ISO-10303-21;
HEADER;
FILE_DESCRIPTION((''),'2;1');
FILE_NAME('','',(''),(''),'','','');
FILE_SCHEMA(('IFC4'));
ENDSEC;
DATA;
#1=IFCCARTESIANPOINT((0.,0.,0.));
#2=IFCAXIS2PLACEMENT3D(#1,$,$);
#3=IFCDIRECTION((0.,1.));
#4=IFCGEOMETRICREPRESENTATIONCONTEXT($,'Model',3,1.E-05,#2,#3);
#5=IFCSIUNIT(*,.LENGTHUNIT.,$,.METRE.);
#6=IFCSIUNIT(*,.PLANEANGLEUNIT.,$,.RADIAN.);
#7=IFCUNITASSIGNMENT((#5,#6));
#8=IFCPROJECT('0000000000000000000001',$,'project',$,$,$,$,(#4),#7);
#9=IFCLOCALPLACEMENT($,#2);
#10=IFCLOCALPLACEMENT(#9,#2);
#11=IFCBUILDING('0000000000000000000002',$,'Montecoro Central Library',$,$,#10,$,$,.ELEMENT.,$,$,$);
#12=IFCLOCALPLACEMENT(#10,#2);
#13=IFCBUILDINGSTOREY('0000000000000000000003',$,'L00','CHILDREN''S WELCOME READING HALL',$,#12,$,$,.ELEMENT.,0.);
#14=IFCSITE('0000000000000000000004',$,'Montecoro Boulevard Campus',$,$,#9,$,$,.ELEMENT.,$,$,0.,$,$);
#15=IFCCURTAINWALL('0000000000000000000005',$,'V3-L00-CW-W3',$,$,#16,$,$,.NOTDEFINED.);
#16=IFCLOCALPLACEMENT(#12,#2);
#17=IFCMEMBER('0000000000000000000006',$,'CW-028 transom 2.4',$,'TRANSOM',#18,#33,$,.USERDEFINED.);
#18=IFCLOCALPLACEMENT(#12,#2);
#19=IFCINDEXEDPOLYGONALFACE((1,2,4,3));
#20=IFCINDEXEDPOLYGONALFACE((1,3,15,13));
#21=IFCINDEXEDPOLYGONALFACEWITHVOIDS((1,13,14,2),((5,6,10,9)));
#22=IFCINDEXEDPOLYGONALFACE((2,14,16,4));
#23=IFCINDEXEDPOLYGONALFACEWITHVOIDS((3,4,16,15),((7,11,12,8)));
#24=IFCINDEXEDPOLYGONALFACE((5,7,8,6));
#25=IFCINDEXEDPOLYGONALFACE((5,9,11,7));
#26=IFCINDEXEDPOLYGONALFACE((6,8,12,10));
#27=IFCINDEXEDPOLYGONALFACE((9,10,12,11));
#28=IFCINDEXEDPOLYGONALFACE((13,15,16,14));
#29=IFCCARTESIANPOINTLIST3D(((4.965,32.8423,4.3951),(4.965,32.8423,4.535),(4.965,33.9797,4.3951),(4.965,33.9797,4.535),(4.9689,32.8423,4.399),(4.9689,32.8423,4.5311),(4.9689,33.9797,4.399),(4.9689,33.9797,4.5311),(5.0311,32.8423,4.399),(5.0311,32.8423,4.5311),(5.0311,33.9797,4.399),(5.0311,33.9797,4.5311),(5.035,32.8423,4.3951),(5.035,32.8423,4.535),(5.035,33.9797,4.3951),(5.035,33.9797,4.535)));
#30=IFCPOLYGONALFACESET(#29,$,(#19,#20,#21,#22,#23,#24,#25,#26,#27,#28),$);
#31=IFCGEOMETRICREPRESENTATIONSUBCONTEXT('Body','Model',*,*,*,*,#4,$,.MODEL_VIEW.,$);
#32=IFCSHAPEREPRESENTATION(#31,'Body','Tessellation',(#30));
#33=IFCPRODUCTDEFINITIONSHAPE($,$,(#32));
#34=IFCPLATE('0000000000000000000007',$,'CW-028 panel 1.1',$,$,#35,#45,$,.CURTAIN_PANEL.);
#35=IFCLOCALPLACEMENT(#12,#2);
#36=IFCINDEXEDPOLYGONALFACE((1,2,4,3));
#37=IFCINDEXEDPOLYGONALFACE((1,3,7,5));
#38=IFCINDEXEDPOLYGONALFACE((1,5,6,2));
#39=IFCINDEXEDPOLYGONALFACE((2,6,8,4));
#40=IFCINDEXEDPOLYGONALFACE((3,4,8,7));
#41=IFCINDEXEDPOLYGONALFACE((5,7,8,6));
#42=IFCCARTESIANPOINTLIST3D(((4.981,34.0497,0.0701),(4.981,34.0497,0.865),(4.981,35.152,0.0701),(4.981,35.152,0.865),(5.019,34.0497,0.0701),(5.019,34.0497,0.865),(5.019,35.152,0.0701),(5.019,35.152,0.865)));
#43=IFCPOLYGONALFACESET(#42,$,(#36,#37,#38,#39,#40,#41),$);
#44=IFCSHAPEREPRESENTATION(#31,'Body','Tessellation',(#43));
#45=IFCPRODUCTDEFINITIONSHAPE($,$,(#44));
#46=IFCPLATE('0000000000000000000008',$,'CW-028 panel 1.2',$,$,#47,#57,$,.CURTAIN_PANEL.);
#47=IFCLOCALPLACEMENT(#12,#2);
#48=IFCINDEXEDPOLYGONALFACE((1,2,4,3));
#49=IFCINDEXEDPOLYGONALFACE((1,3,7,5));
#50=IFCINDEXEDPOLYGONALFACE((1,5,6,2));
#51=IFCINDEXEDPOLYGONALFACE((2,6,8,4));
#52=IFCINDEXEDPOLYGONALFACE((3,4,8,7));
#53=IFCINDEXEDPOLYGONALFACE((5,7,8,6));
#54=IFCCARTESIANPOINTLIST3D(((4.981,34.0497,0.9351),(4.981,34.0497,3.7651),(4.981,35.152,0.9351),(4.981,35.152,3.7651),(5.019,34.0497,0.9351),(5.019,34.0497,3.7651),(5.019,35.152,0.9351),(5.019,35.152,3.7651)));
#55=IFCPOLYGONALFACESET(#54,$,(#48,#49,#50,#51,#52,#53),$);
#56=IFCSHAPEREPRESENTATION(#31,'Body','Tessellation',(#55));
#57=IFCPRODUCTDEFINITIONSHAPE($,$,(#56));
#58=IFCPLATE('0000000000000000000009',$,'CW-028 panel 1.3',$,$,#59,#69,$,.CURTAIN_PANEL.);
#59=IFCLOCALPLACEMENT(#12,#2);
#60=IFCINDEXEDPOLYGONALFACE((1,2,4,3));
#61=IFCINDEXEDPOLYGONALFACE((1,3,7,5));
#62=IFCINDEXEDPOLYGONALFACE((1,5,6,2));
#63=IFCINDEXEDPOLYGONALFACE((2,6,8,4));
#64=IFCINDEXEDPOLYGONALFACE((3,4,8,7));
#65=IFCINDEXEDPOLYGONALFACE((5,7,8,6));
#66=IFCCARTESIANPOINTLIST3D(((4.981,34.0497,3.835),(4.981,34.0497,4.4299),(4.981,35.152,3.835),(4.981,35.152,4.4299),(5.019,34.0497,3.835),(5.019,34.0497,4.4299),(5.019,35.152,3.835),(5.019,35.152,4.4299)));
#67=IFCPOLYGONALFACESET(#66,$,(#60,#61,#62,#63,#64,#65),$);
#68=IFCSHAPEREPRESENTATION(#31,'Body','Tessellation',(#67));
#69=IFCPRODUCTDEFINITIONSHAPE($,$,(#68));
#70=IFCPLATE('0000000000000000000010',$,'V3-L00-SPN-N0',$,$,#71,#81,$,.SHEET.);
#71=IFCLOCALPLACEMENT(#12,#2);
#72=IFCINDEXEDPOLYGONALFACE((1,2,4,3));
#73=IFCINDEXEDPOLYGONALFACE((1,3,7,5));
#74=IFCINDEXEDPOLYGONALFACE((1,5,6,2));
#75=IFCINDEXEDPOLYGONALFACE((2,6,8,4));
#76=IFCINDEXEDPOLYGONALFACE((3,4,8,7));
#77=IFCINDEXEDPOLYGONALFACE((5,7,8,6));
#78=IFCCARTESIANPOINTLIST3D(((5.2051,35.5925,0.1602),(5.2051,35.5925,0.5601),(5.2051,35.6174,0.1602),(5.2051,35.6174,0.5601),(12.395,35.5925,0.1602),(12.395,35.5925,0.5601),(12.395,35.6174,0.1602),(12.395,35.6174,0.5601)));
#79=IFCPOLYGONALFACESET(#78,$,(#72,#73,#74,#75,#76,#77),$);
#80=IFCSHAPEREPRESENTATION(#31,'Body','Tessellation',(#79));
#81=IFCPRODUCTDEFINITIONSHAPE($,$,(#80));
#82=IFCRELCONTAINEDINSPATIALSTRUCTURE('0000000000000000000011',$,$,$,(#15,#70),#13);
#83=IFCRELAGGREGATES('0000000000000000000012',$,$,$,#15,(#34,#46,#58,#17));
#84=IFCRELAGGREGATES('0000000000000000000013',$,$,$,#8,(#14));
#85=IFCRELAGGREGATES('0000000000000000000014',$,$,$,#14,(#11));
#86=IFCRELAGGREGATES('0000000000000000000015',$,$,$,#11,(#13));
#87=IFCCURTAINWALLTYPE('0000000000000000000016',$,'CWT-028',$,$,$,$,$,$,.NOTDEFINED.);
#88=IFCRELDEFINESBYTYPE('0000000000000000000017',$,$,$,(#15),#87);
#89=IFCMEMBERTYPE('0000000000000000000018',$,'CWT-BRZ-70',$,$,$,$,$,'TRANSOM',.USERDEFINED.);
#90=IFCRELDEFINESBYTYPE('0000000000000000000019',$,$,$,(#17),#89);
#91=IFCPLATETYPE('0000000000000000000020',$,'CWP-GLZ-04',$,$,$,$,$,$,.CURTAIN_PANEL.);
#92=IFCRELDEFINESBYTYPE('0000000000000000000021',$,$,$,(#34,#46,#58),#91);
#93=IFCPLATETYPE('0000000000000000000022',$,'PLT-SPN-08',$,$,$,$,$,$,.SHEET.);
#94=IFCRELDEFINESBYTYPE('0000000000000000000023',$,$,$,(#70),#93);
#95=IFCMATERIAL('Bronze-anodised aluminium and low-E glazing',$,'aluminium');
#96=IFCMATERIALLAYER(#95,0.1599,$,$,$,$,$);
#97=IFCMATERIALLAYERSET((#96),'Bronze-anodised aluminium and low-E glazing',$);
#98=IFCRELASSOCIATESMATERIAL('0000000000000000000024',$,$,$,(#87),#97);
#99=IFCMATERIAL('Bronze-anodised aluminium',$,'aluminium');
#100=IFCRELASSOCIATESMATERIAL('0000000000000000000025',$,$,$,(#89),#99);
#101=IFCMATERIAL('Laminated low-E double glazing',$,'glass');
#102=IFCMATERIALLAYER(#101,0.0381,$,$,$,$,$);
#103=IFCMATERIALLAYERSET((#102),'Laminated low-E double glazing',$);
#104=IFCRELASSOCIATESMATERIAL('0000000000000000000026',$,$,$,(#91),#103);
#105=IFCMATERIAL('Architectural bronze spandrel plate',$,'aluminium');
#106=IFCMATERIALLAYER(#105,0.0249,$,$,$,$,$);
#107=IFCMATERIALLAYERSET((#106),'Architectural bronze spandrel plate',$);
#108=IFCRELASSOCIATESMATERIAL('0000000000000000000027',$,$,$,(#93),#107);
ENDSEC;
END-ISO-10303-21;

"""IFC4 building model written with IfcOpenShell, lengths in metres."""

from ifc_helpers import new_model, si_unit, direction, frame, origin, origin_2d, place, context, subcontext, project, spatial, rectangle, hollow_rectangle, extrude, material, layer, layer_set, material_profile, profile_set, type_object, element, aggregate, save


model = new_model("IFC4")

# Units and contexts
model_context = context("Model", 3, precision=1e-05, world=origin(), true_north=direction((0.0, 1.0)))
body_context = subcontext(model_context, "Body", "Model", "MODEL_VIEW")
ifc_project = project(units=[si_unit("LENGTHUNIT", "METRE"), si_unit("PLANEANGLEUNIT", "RADIAN")], contexts=[model_context])

# Site, building, storey
site_placement = place(None, origin())
site = spatial("IfcSite", under=ifc_project, at=site_placement, Name="Montecoro Boulevard Campus", CompositionType="ELEMENT", RefElevation=0.0)
building_placement = place(site_placement, origin())
building = spatial("IfcBuilding", under=site, at=building_placement, Name="Montecoro Central Library", CompositionType="ELEMENT")
storey_placement = place(building_placement, origin())
storey = spatial("IfcBuildingStorey", under=building, at=storey_placement, Name="L00", Description="CHILDREN'S WELCOME READING HALL", CompositionType="ELEMENT", Elevation=0.0)

# Curtain wall, member, plates
ifc_material_1 = material(Name="Bronze-anodised aluminium and low-E glazing", Category="aluminium")
ifc_layer_1 = layer(ifc_material_1, 0.1599)
ifc_layer_set_1 = layer_set([ifc_layer_1], Name="Bronze-anodised aluminium and low-E glazing")
curtain_wall_type = type_object("IfcCurtainWallType", Name="CWT-028", PredefinedType="NOTDEFINED", material=ifc_layer_set_1)
curtain_wall_placement = place(storey_placement, origin())
curtain_wall = element("IfcCurtainWall", 1, at=curtain_wall_placement, inside=storey, type_object=curtain_wall_type, Name="V3-L00-CW-W3", PredefinedType="NOTDEFINED")
ifc_material_2 = material(Name="Bronze-anodised aluminium", Category="aluminium")
ifc_material_profile_1 = material_profile(ifc_material_2, hollow_rectangle(XDim=0.0701, YDim=0.1399, WallThickness=0.0039, at=origin_2d()), Name="CWT 140x70x4.0")
ifc_profile_set_1 = profile_set([ifc_material_profile_1], Name="Bronze-anodised aluminium")
member_type_1 = type_object("IfcMemberType", Name="CWT-BRZ-70", ElementType="TRANSOM", PredefinedType="USERDEFINED", material=ifc_profile_set_1)
member_1_placement = place(storey_placement, frame((5.0, 33.9797, 4.4651), z_axis=(0.0, -1.0, 0.0), x_axis=(1.0, 0.0, 0.0)))
member_1 = element("IfcMember", 2, at=member_1_placement, type_object=member_type_1, Name="CW-028 transom 2.4", ObjectType="TRANSOM", PredefinedType="USERDEFINED", context=body_context, shape_type="SweptSolid", body=[
    extrude(hollow_rectangle(XDim=0.0701, YDim=0.1399, WallThickness=0.0039, at=origin_2d()), origin(), (0.0, 0.0, 1.0), 1.1375),
])
ifc_material_3 = material(Name="Laminated low-E double glazing", Category="glass")
ifc_layer_2 = layer(ifc_material_3, 0.0381)
ifc_layer_set_2 = layer_set([ifc_layer_2], Name="Laminated low-E double glazing")
plate_type_1 = type_object("IfcPlateType", Name="CWP-GLZ-04", PredefinedType="CURTAIN_PANEL", material=ifc_layer_set_2)
plate_1_placement = place(storey_placement, frame((5.0, 34.6008, 0.0701), z_axis=(0.0, 0.0, 1.0), x_axis=(0.0, -1.0, 0.0)))
plate_1 = element("IfcPlate", 3, at=plate_1_placement, type_object=plate_type_1, Name="CW-028 panel 1.1", PredefinedType="CURTAIN_PANEL", context=body_context, shape_type="SweptSolid", body=[
    extrude(rectangle(XDim=1.1023, YDim=0.0381, at=origin_2d()), origin(), (0.0, 0.0, 1.0), 0.7949),
])
plate_2_placement = place(storey_placement, frame((5.0, 34.6008, 0.9351), z_axis=(0.0, 0.0, 1.0), x_axis=(0.0, -1.0, 0.0)))
plate_2 = element("IfcPlate", 4, at=plate_2_placement, type_object=plate_type_1, Name="CW-028 panel 1.2", PredefinedType="CURTAIN_PANEL", context=body_context, shape_type="SweptSolid", body=[
    extrude(rectangle(XDim=1.1023, YDim=0.0381, at=origin_2d()), origin(), (0.0, 0.0, 1.0), 2.8301),
])
plate_3_placement = place(storey_placement, frame((5.0, 34.6008, 3.835), z_axis=(0.0, 0.0, 1.0), x_axis=(0.0, -1.0, 0.0)))
plate_3 = element("IfcPlate", 5, at=plate_3_placement, type_object=plate_type_1, Name="CW-028 panel 1.3", PredefinedType="CURTAIN_PANEL", context=body_context, shape_type="SweptSolid", body=[
    extrude(rectangle(XDim=1.1023, YDim=0.0381, at=origin_2d()), origin(), (0.0, 0.0, 1.0), 0.595),
])
aggregate(curtain_wall, [plate_1, plate_2, plate_3, member_1])

# Plate
ifc_material_4 = material(Name="Architectural bronze spandrel plate", Category="aluminium")
ifc_layer_3 = layer(ifc_material_4, 0.0249)
ifc_layer_set_3 = layer_set([ifc_layer_3], Name="Architectural bronze spandrel plate")
plate_type_2 = type_object("IfcPlateType", Name="PLT-SPN-08", PredefinedType="SHEET", material=ifc_layer_set_3)
plate_4_placement = place(storey_placement, frame((8.8, 35.605, 0.1602), z_axis=(0.0, 0.0, 1.0), x_axis=(-1.0, 0.0, 0.0)))
element("IfcPlate", 6, at=plate_4_placement, inside=storey, type_object=plate_type_2, Name="V3-L00-SPN-N0", PredefinedType="SHEET", context=body_context, shape_type="SweptSolid", body=[
    extrude(rectangle(XDim=7.1899, YDim=0.0249, at=origin_2d()), origin(), (0.0, 0.0, 1.0), 0.3999),
])

save(model, "model.ifc")
